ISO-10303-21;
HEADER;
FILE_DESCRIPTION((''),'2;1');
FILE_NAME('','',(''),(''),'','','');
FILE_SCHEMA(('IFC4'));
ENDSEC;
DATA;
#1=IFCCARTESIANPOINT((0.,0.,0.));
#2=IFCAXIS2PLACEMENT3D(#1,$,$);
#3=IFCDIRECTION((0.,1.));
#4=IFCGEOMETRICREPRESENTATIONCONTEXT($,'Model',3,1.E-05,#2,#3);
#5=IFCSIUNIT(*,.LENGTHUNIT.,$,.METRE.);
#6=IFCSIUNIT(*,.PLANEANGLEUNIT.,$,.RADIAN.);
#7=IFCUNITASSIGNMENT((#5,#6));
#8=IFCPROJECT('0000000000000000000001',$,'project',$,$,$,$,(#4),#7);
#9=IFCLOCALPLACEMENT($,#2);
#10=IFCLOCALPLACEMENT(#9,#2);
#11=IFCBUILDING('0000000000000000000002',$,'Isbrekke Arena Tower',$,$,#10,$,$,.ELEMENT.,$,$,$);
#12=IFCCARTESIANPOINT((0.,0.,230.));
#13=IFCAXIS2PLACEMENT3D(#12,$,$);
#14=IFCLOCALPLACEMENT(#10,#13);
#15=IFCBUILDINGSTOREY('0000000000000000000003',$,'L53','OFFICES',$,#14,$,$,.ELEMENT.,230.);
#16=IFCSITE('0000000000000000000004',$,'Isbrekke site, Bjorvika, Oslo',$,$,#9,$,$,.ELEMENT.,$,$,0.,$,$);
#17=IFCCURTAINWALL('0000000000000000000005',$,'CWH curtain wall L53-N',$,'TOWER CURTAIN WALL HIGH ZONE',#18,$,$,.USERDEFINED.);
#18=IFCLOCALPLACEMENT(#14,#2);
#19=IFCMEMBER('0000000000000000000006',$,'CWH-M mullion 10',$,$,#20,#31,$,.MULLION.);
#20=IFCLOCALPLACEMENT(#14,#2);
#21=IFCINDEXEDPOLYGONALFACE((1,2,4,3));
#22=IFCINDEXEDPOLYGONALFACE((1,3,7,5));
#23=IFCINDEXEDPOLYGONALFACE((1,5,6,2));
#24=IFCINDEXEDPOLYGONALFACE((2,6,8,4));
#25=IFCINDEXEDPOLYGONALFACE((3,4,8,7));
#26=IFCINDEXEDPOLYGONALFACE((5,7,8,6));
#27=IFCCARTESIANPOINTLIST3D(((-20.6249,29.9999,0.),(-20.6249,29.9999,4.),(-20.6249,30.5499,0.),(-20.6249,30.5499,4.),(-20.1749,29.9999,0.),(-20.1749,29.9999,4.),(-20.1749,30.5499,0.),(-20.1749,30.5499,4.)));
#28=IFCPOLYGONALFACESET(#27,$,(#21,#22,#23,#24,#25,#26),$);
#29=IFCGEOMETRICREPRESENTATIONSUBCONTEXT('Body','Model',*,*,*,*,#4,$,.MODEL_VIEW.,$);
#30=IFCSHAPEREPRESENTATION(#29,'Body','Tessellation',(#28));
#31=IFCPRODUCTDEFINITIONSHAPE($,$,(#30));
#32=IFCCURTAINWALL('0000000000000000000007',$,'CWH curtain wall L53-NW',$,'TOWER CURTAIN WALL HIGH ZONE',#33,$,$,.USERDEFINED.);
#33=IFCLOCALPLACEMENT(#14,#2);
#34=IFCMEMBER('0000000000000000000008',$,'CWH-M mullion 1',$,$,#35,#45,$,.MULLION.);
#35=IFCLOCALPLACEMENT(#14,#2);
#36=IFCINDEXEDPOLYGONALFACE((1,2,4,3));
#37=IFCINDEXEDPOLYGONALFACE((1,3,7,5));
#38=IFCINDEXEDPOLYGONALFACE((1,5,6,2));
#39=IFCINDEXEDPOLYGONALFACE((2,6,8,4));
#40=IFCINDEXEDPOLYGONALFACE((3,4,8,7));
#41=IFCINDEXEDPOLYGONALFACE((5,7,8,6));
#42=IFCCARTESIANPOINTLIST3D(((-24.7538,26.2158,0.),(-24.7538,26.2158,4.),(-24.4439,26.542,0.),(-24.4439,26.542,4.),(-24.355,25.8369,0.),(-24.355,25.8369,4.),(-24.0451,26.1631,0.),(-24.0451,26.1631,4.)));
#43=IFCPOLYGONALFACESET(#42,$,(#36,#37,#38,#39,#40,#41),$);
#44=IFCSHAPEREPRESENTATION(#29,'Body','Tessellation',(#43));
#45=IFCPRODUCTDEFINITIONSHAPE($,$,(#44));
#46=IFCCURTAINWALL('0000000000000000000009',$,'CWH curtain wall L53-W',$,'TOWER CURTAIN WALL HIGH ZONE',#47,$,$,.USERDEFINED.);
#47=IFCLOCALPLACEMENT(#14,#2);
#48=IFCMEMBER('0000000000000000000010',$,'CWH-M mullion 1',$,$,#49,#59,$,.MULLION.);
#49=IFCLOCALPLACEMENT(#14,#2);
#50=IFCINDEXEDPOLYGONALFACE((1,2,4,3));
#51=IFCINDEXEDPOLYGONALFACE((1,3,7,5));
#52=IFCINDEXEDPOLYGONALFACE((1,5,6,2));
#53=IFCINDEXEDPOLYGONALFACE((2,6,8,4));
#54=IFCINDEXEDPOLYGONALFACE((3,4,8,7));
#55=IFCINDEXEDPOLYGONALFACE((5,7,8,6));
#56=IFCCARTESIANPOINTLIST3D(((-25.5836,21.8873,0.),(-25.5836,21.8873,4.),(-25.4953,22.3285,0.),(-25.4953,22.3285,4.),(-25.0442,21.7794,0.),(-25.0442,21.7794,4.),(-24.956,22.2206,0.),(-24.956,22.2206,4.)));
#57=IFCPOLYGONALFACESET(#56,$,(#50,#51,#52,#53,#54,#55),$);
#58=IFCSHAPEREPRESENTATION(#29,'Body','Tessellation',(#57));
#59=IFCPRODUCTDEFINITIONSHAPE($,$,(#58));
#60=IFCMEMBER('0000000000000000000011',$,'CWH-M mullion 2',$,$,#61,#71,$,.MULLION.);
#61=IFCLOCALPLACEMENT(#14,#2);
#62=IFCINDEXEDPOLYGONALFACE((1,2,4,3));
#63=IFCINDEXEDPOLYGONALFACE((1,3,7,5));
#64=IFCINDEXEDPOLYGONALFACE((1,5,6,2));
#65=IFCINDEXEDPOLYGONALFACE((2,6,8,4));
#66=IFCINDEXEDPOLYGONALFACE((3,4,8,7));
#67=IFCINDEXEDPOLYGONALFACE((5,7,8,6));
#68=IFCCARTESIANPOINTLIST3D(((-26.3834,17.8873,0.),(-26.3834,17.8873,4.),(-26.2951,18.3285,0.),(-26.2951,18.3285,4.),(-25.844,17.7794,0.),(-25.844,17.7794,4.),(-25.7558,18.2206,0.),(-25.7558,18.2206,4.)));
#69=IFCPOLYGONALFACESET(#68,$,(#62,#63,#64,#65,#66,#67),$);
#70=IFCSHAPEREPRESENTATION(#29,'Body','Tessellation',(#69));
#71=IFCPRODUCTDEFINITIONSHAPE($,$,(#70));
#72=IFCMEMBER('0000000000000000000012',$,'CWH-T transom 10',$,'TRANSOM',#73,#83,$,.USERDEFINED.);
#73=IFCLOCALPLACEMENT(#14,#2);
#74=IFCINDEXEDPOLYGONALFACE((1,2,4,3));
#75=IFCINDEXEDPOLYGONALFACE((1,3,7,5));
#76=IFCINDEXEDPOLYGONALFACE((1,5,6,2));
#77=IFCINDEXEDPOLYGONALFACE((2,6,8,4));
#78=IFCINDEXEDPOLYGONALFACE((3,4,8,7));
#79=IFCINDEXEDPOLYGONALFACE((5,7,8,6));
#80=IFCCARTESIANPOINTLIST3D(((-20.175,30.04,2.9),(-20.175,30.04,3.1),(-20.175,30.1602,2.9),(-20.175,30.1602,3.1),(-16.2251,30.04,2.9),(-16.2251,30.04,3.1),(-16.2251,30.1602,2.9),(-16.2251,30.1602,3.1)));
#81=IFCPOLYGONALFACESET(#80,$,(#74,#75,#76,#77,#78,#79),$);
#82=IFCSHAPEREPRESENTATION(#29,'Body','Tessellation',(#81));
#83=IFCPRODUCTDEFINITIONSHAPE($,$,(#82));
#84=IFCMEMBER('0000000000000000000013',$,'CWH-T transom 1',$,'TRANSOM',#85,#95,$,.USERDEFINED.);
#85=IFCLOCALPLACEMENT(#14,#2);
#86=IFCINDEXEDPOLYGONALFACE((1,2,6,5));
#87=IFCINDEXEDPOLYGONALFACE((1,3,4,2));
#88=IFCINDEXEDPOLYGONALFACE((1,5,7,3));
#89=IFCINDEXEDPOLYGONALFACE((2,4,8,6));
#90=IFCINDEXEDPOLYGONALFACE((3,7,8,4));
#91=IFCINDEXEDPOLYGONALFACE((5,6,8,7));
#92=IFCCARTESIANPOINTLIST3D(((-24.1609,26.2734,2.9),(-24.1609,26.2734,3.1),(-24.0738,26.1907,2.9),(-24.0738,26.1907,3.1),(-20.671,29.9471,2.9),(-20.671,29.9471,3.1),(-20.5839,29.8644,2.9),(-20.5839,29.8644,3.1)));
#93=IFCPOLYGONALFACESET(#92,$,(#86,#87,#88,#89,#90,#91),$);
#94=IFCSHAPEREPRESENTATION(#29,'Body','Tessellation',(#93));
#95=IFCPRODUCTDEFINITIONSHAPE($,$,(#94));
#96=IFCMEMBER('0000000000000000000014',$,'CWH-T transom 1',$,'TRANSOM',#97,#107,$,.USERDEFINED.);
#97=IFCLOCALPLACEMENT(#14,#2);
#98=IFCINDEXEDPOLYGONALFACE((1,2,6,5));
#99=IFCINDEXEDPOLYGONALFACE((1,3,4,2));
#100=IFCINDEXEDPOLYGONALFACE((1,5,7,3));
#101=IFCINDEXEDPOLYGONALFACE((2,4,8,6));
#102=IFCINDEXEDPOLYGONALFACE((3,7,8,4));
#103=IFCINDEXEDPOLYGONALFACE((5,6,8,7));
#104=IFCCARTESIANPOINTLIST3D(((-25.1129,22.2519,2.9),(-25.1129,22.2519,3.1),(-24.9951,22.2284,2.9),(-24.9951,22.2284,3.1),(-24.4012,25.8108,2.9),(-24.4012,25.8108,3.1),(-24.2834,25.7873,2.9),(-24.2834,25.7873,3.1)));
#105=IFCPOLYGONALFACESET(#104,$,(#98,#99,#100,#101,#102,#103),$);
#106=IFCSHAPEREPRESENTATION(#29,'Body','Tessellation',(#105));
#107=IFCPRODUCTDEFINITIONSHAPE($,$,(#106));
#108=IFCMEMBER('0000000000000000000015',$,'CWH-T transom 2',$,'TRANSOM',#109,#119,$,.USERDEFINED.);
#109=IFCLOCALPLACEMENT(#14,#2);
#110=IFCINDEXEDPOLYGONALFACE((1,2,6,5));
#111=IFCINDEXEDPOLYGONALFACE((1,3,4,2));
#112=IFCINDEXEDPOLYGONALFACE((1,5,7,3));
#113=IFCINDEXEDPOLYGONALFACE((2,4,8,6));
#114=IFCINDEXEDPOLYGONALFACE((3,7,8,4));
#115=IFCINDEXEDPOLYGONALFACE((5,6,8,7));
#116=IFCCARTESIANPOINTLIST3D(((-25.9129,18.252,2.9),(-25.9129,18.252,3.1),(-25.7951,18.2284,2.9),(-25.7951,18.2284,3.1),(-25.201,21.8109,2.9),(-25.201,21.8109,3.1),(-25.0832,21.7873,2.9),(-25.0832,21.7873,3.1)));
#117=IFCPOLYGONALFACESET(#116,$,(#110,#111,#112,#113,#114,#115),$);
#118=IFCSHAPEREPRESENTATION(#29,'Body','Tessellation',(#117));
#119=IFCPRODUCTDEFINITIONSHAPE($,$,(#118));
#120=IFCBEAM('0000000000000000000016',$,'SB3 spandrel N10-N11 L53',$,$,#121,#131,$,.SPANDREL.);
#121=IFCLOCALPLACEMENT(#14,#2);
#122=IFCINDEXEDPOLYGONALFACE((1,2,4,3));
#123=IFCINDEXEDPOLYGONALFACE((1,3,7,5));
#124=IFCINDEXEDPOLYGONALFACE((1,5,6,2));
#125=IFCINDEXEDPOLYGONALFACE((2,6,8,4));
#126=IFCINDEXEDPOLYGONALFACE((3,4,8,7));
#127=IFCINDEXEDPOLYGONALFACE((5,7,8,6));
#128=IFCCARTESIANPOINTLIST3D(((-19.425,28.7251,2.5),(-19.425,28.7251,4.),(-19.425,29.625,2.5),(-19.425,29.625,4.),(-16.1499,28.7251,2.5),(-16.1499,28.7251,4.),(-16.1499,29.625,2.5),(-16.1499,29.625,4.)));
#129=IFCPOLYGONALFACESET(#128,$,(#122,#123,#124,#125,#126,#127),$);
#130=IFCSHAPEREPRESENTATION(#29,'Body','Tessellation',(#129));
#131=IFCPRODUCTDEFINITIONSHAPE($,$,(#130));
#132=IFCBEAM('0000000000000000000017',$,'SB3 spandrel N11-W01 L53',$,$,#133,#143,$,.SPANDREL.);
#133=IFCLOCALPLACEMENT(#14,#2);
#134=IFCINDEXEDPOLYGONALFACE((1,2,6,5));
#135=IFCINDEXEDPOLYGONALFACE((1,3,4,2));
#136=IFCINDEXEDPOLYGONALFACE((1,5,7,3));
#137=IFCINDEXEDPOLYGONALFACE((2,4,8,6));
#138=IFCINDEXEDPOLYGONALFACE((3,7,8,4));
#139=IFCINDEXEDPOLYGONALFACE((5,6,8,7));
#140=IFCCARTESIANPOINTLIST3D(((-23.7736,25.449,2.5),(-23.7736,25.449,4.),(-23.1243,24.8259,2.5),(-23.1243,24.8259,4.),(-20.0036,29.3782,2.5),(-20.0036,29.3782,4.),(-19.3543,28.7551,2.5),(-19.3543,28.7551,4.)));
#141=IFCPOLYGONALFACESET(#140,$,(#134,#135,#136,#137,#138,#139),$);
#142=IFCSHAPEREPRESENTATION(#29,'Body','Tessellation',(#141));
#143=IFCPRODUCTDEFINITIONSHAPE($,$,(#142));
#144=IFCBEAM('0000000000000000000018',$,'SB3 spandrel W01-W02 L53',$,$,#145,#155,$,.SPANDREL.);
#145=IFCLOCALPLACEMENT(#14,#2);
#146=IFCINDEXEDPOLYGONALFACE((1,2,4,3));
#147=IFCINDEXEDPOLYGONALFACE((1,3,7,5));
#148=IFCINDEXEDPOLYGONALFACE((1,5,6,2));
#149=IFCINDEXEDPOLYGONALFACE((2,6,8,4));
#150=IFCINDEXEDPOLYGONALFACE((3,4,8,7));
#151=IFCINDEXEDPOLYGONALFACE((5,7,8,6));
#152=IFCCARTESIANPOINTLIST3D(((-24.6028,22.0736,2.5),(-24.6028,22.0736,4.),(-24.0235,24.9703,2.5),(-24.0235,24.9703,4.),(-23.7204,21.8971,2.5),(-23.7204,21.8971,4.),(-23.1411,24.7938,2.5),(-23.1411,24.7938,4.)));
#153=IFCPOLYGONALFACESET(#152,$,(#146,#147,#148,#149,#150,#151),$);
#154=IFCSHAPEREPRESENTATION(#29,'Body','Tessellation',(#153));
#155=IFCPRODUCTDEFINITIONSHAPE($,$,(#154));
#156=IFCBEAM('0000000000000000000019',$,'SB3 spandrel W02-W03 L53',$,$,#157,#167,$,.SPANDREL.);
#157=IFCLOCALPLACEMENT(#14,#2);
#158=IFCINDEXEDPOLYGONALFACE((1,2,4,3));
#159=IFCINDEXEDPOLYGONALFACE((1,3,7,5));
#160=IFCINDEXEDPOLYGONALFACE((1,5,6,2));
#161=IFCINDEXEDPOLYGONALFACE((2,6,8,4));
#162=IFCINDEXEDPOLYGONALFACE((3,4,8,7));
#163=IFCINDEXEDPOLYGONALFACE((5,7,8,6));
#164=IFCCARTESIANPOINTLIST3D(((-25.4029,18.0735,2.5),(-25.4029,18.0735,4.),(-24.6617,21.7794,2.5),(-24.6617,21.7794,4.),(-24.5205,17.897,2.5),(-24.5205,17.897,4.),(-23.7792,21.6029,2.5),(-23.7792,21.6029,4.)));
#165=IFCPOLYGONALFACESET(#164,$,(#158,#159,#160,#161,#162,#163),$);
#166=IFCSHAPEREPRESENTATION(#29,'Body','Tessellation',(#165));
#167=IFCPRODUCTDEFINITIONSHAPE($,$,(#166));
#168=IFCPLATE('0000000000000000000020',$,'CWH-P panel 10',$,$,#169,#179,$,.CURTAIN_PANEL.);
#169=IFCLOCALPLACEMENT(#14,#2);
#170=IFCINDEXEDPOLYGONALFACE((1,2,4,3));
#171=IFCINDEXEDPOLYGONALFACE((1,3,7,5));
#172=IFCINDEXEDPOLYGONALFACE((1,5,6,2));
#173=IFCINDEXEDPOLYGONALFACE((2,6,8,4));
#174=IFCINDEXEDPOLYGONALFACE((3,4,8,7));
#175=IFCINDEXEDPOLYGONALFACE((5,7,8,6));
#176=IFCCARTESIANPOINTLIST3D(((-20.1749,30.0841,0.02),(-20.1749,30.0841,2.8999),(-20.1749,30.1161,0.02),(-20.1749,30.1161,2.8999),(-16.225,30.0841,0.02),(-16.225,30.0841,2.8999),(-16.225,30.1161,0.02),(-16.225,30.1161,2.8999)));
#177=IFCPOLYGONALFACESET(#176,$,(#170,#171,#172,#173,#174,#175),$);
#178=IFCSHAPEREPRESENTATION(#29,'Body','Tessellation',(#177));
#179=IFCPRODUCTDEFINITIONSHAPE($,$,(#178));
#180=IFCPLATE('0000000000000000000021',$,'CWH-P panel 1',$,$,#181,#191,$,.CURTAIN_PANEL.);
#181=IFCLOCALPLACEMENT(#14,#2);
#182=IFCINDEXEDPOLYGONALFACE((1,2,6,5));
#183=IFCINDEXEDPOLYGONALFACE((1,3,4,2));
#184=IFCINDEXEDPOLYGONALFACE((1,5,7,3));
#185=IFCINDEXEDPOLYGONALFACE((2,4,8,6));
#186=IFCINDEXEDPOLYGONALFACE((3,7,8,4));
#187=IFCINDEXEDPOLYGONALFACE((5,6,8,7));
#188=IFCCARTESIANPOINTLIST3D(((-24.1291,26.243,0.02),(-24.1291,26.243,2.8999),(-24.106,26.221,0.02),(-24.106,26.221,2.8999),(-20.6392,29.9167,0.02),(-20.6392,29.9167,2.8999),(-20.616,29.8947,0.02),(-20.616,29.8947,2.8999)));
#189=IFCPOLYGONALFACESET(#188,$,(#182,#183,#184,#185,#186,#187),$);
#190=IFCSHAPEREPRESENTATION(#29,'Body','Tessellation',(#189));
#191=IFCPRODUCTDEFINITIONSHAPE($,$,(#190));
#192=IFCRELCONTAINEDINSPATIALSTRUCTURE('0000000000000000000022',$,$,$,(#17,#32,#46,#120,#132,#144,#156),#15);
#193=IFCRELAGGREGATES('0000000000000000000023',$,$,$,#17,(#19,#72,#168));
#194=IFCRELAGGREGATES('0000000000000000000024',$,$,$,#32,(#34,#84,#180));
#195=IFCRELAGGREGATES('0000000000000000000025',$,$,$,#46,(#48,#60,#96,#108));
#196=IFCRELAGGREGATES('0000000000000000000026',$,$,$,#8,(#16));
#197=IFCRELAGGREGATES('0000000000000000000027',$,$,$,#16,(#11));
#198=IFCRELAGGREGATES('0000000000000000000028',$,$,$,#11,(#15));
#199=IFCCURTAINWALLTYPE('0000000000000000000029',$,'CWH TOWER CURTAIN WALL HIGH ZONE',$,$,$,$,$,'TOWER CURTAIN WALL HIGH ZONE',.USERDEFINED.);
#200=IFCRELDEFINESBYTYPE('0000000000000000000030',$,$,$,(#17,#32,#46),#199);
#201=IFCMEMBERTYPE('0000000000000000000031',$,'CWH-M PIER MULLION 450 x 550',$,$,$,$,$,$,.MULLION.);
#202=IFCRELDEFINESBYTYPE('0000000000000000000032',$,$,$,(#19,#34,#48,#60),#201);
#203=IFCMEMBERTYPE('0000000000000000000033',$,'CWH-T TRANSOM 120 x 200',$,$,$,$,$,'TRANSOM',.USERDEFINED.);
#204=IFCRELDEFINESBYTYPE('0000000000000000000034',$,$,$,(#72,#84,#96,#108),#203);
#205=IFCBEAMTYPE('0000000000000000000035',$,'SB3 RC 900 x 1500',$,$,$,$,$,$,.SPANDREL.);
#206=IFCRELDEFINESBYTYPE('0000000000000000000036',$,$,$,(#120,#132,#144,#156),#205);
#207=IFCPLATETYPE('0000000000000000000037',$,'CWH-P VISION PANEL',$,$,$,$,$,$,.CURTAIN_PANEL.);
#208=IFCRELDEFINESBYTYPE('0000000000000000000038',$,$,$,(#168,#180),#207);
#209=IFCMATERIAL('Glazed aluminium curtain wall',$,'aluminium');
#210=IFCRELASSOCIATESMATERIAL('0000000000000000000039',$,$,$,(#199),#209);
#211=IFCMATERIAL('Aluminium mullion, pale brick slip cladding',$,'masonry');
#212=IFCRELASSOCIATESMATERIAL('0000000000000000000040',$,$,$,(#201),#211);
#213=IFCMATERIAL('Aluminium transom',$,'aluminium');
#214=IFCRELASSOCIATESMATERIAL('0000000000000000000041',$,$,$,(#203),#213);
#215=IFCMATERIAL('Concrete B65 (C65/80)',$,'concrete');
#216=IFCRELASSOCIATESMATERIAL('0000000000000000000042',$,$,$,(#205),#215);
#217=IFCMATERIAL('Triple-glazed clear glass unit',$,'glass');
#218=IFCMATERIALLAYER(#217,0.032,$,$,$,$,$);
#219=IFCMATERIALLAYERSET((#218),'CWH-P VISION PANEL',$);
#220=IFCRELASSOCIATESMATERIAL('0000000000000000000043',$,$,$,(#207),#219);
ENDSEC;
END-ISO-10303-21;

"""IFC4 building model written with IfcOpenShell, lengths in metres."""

from ifc_helpers import new_model, si_unit, direction, frame, origin, origin_2d, place, context, subcontext, project, spatial, rectangle, extrude, material, layer, layer_set, material_profile, profile_set, type_object, element, aggregate, save


model = new_model("IFC4")

# Units and contexts
model_context = context("Model", 3, precision=1e-05, world=origin(), true_north=direction((0.0, 1.0)))
body_context = subcontext(model_context, "Body", "Model", "MODEL_VIEW")
ifc_project = project(units=[si_unit("LENGTHUNIT", "METRE"), si_unit("PLANEANGLEUNIT", "RADIAN")], contexts=[model_context])

# Site, building, storey
site_placement = place(None, origin())
site = spatial("IfcSite", under=ifc_project, at=site_placement, Name="Isbrekke site, Bjorvika, Oslo", CompositionType="ELEMENT", RefElevation=0.0)
building_placement = place(site_placement, origin())
building = spatial("IfcBuilding", under=site, at=building_placement, Name="Isbrekke Arena Tower", CompositionType="ELEMENT")
storey_placement = place(building_placement, frame((0.0, 0.0, 230.0)))
storey = spatial("IfcBuildingStorey", under=building, at=storey_placement, Name="L53", Description="OFFICES", CompositionType="ELEMENT", Elevation=230.0)

# Curtain walls, members
ifc_material_1 = material(Name="Glazed aluminium curtain wall", Category="aluminium")
curtain_wall_type = type_object("IfcCurtainWallType", Name="CWH TOWER CURTAIN WALL HIGH ZONE", ElementType="TOWER CURTAIN WALL HIGH ZONE", PredefinedType="USERDEFINED", material=ifc_material_1)
curtain_wall_1_placement = place(storey_placement, origin())
curtain_wall_1 = element("IfcCurtainWall", 1, at=curtain_wall_1_placement, inside=storey, type_object=curtain_wall_type, Name="CWH curtain wall L53-N", ObjectType="TOWER CURTAIN WALL HIGH ZONE", PredefinedType="USERDEFINED")
ifc_material_2 = material(Name="Aluminium mullion, pale brick slip cladding", Category="masonry")
ifc_material_profile_1 = material_profile(ifc_material_2, rectangle(XDim=0.45, YDim=0.55, at=origin_2d()), Name="PIER 450X550")
ifc_profile_set_1 = profile_set([ifc_material_profile_1], Name="Aluminium mullion, pale brick slip cladding")
member_type_1 = type_object("IfcMemberType", Name="CWH-M PIER MULLION 450 x 550", PredefinedType="MULLION", material=ifc_profile_set_1)
member_1_placement = place(storey_placement, frame((-20.3999, 30.2749, 0.0), z_axis=(0.0, 0.0, 1.0), x_axis=(-1.0, 0.0, 0.0)))
member_1 = element("IfcMember", 2, at=member_1_placement, type_object=member_type_1, Name="CWH-M mullion 10", PredefinedType="MULLION", context=body_context, shape_type="SweptSolid", body=[
    extrude(rectangle(XDim=0.45, YDim=0.55, at=origin_2d()), origin(), (0.0, 0.0, 1.0), 4.0),
])
curtain_wall_2_placement = place(storey_placement, origin())
curtain_wall_2 = element("IfcCurtainWall", 3, at=curtain_wall_2_placement, inside=storey, type_object=curtain_wall_type, Name="CWH curtain wall L53-NW", ObjectType="TOWER CURTAIN WALL HIGH ZONE", PredefinedType="USERDEFINED")
member_2_placement = place(storey_placement, frame((-24.3994, 26.1895, 0.0), z_axis=(0.0, 0.0, 1.0), x_axis=(-0.688749, -0.724999, 0.0)))
member_2 = element("IfcMember", 4, at=member_2_placement, type_object=member_type_1, Name="CWH-M mullion 1", PredefinedType="MULLION", context=body_context, shape_type="SweptSolid", body=[
    extrude(rectangle(XDim=0.45, YDim=0.55, at=origin_2d()), origin(), (0.0, 0.0, 1.0), 4.0),
])

# Curtain wall, members
curtain_wall_3_placement = place(storey_placement, origin())
curtain_wall_3 = element("IfcCurtainWall", 5, at=curtain_wall_3_placement, inside=storey, type_object=curtain_wall_type, Name="CWH curtain wall L53-W", ObjectType="TOWER CURTAIN WALL HIGH ZONE", PredefinedType="USERDEFINED")
member_3_placement = place(storey_placement, frame((-25.2698, 22.054, 0.0), z_axis=(0.0, 0.0, 1.0), x_axis=(-0.196116, -0.980581, 0.0)))
member_3 = element("IfcMember", 6, at=member_3_placement, type_object=member_type_1, Name="CWH-M mullion 1", PredefinedType="MULLION", context=body_context, shape_type="SweptSolid", body=[
    extrude(rectangle(XDim=0.45, YDim=0.55, at=origin_2d()), origin(), (0.0, 0.0, 1.0), 4.0),
])
member_4_placement = place(storey_placement, frame((-26.0696, 18.054, 0.0), z_axis=(0.0, 0.0, 1.0), x_axis=(-0.196116, -0.980581, 0.0)))
member_4 = element("IfcMember", 7, at=member_4_placement, type_object=member_type_1, Name="CWH-M mullion 2", PredefinedType="MULLION", context=body_context, shape_type="SweptSolid", body=[
    extrude(rectangle(XDim=0.45, YDim=0.55, at=origin_2d()), origin(), (0.0, 0.0, 1.0), 4.0),
])

# Members
ifc_material_3 = material(Name="Aluminium transom", Category="aluminium")
ifc_material_profile_2 = material_profile(ifc_material_3, rectangle(XDim=0.1201, YDim=0.2, at=origin_2d()), Name="TRANSOM 120X200")
ifc_profile_set_2 = profile_set([ifc_material_profile_2], Name="Aluminium transom")
member_type_2 = type_object("IfcMemberType", Name="CWH-T TRANSOM 120 x 200", ElementType="TRANSOM", PredefinedType="USERDEFINED", material=ifc_profile_set_2)
member_5_placement = place(storey_placement, frame((-16.2251, 30.1001, 3.0), z_axis=(-1.0, 0.0, 0.0), x_axis=(0.0, -1.0, 0.0)))
member_5 = element("IfcMember", 8, at=member_5_placement, type_object=member_type_2, Name="CWH-T transom 10", ObjectType="TRANSOM", PredefinedType="USERDEFINED", context=body_context, shape_type="SweptSolid", body=[
    extrude(rectangle(XDim=0.1201, YDim=0.2, at=origin_2d()), origin(), (0.0, 0.0, 1.0), 3.95),
])
member_6_placement = place(storey_placement, frame((-20.6274, 29.9058, 3.0), z_axis=(-0.688734, -0.725014, 0.0), x_axis=(0.725014, -0.688734, 0.0)))
member_6 = element("IfcMember", 9, at=member_6_placement, type_object=member_type_2, Name="CWH-T transom 1", ObjectType="TRANSOM", PredefinedType="USERDEFINED", context=body_context, shape_type="SweptSolid", body=[
    extrude(rectangle(XDim=0.1201, YDim=0.2, at=origin_2d()), origin(), (0.0, 0.0, 1.0), 5.0671),
])
member_7_placement = place(storey_placement, frame((-24.3423, 25.7991, 3.0), z_axis=(-0.19609, -0.980586, 0.0), x_axis=(0.980586, -0.19609, 0.0)))
member_7 = element("IfcMember", 10, at=member_7_placement, type_object=member_type_2, Name="CWH-T transom 1", ObjectType="TRANSOM", PredefinedType="USERDEFINED", context=body_context, shape_type="SweptSolid", body=[
    extrude(rectangle(XDim=0.1201, YDim=0.2, at=origin_2d()), origin(), (0.0, 0.0, 1.0), 3.6294),
])
member_8_placement = place(storey_placement, frame((-25.1421, 21.7991, 3.0), z_axis=(-0.196155, -0.980573, 0.0), x_axis=(0.980573, -0.196155, 0.0)))
member_8 = element("IfcMember", 11, at=member_8_placement, type_object=member_type_2, Name="CWH-T transom 2", ObjectType="TRANSOM", PredefinedType="USERDEFINED", context=body_context, shape_type="SweptSolid", body=[
    extrude(rectangle(XDim=0.1201, YDim=0.2, at=origin_2d()), origin(), (0.0, 0.0, 1.0), 3.6294),
])

# Beams
ifc_material_4 = material(Name="Concrete B65 (C65/80)", Category="concrete")
ifc_material_profile_3 = material_profile(ifc_material_4, rectangle(XDim=0.8999, YDim=1.5, at=origin_2d()), Name="RC 900x1500")
ifc_profile_set_3 = profile_set([ifc_material_profile_3], Name="Concrete B65 (C65/80)")
beam_type_1 = type_object("IfcBeamType", Name="SB3 RC 900 x 1500", PredefinedType="SPANDREL", material=ifc_profile_set_3)
beam_1_placement = place(storey_placement, frame((-16.1499, 29.175, 3.25), z_axis=(-1.0, 0.0, 0.0), x_axis=(0.0, -1.0, 0.0)))
element("IfcBeam", 12, at=beam_1_placement, inside=storey, type_object=beam_type_1, Name="SB3 spandrel N10-N11 L53", PredefinedType="SPANDREL", context=body_context, shape_type="SweptSolid", body=[
    extrude(rectangle(XDim=0.8999, YDim=1.5, at=origin_2d()), origin(), (0.0, 0.0, 1.0), 3.2751),
])
beam_2_placement = place(storey_placement, frame((-19.679, 29.0667, 3.25), z_axis=(-0.69234, -0.721572, 0.0), x_axis=(0.721572, -0.69234, 0.0)))
element("IfcBeam", 13, at=beam_2_placement, inside=storey, type_object=beam_type_1, Name="SB3 spandrel N11-W01 L53", PredefinedType="SPANDREL", context=body_context, shape_type="SweptSolid", body=[
    extrude(rectangle(XDim=0.8999, YDim=1.5, at=origin_2d()), origin(), (0.0, 0.0, 1.0), 5.4453),
])
beam_3_placement = place(storey_placement, frame((-23.5823, 24.8821, 3.25), z_axis=(-0.196116, -0.980581, 0.0), x_axis=(0.980581, -0.196116, 0.0)))
element("IfcBeam", 14, at=beam_3_placement, inside=storey, type_object=beam_type_1, Name="SB3 spandrel W01-W02 L53", PredefinedType="SPANDREL", context=body_context, shape_type="SweptSolid", body=[
    extrude(rectangle(XDim=0.8999, YDim=1.5, at=origin_2d()), origin(), (0.0, 0.0, 1.0), 2.9541),
])
beam_4_placement = place(storey_placement, frame((-24.2205, 21.6912, 3.25), z_axis=(-0.196129, -0.980578, 0.0), x_axis=(0.980578, -0.196129, 0.0)))
element("IfcBeam", 15, at=beam_4_placement, inside=storey, type_object=beam_type_1, Name="SB3 spandrel W02-W03 L53", PredefinedType="SPANDREL", context=body_context, shape_type="SweptSolid", body=[
    extrude(rectangle(XDim=0.8999, YDim=1.5, at=origin_2d()), origin(), (0.0, 0.0, 1.0), 3.7793),
])

# Plates
ifc_material_5 = material(Name="Triple-glazed clear glass unit", Category="glass")
ifc_layer_1 = layer(ifc_material_5, 0.032)
ifc_layer_set_1 = layer_set([ifc_layer_1], Name="CWH-P VISION PANEL")
plate_type = type_object("IfcPlateType", Name="CWH-P VISION PANEL", PredefinedType="CURTAIN_PANEL", material=ifc_layer_set_1)
plate_1_placement = place(storey_placement, frame((-18.2, 30.1001, 0.02), z_axis=(0.0, 0.0, 1.0), x_axis=(-1.0, 0.0, 0.0)))
plate_1 = element("IfcPlate", 16, at=plate_1_placement, type_object=plate_type, Name="CWH-P panel 10", PredefinedType="CURTAIN_PANEL", context=body_context, shape_type="SweptSolid", body=[
    extrude(rectangle(XDim=3.95, YDim=0.032, at=origin_2d()), origin(), (0.0, 0.0, 1.0), 2.8799),
])
aggregate(curtain_wall_1, [member_1, member_5, plate_1])
plate_2_placement = place(storey_placement, frame((-22.3726, 28.0688, 0.02), z_axis=(0.0, 0.0, 1.0), x_axis=(-0.688749, -0.724999, 0.0)))
plate_2 = element("IfcPlate", 17, at=plate_2_placement, type_object=plate_type, Name="CWH-P panel 1", PredefinedType="CURTAIN_PANEL", context=body_context, shape_type="SweptSolid", body=[
    extrude(rectangle(XDim=5.0671, YDim=0.032, at=origin_2d()), origin(), (0.0, 0.0, 1.0), 2.8799),
])
aggregate(curtain_wall_2, [member_2, member_6, plate_2])
aggregate(curtain_wall_3, [member_3, member_4, member_7, member_8])

save(model, "model.ifc")
